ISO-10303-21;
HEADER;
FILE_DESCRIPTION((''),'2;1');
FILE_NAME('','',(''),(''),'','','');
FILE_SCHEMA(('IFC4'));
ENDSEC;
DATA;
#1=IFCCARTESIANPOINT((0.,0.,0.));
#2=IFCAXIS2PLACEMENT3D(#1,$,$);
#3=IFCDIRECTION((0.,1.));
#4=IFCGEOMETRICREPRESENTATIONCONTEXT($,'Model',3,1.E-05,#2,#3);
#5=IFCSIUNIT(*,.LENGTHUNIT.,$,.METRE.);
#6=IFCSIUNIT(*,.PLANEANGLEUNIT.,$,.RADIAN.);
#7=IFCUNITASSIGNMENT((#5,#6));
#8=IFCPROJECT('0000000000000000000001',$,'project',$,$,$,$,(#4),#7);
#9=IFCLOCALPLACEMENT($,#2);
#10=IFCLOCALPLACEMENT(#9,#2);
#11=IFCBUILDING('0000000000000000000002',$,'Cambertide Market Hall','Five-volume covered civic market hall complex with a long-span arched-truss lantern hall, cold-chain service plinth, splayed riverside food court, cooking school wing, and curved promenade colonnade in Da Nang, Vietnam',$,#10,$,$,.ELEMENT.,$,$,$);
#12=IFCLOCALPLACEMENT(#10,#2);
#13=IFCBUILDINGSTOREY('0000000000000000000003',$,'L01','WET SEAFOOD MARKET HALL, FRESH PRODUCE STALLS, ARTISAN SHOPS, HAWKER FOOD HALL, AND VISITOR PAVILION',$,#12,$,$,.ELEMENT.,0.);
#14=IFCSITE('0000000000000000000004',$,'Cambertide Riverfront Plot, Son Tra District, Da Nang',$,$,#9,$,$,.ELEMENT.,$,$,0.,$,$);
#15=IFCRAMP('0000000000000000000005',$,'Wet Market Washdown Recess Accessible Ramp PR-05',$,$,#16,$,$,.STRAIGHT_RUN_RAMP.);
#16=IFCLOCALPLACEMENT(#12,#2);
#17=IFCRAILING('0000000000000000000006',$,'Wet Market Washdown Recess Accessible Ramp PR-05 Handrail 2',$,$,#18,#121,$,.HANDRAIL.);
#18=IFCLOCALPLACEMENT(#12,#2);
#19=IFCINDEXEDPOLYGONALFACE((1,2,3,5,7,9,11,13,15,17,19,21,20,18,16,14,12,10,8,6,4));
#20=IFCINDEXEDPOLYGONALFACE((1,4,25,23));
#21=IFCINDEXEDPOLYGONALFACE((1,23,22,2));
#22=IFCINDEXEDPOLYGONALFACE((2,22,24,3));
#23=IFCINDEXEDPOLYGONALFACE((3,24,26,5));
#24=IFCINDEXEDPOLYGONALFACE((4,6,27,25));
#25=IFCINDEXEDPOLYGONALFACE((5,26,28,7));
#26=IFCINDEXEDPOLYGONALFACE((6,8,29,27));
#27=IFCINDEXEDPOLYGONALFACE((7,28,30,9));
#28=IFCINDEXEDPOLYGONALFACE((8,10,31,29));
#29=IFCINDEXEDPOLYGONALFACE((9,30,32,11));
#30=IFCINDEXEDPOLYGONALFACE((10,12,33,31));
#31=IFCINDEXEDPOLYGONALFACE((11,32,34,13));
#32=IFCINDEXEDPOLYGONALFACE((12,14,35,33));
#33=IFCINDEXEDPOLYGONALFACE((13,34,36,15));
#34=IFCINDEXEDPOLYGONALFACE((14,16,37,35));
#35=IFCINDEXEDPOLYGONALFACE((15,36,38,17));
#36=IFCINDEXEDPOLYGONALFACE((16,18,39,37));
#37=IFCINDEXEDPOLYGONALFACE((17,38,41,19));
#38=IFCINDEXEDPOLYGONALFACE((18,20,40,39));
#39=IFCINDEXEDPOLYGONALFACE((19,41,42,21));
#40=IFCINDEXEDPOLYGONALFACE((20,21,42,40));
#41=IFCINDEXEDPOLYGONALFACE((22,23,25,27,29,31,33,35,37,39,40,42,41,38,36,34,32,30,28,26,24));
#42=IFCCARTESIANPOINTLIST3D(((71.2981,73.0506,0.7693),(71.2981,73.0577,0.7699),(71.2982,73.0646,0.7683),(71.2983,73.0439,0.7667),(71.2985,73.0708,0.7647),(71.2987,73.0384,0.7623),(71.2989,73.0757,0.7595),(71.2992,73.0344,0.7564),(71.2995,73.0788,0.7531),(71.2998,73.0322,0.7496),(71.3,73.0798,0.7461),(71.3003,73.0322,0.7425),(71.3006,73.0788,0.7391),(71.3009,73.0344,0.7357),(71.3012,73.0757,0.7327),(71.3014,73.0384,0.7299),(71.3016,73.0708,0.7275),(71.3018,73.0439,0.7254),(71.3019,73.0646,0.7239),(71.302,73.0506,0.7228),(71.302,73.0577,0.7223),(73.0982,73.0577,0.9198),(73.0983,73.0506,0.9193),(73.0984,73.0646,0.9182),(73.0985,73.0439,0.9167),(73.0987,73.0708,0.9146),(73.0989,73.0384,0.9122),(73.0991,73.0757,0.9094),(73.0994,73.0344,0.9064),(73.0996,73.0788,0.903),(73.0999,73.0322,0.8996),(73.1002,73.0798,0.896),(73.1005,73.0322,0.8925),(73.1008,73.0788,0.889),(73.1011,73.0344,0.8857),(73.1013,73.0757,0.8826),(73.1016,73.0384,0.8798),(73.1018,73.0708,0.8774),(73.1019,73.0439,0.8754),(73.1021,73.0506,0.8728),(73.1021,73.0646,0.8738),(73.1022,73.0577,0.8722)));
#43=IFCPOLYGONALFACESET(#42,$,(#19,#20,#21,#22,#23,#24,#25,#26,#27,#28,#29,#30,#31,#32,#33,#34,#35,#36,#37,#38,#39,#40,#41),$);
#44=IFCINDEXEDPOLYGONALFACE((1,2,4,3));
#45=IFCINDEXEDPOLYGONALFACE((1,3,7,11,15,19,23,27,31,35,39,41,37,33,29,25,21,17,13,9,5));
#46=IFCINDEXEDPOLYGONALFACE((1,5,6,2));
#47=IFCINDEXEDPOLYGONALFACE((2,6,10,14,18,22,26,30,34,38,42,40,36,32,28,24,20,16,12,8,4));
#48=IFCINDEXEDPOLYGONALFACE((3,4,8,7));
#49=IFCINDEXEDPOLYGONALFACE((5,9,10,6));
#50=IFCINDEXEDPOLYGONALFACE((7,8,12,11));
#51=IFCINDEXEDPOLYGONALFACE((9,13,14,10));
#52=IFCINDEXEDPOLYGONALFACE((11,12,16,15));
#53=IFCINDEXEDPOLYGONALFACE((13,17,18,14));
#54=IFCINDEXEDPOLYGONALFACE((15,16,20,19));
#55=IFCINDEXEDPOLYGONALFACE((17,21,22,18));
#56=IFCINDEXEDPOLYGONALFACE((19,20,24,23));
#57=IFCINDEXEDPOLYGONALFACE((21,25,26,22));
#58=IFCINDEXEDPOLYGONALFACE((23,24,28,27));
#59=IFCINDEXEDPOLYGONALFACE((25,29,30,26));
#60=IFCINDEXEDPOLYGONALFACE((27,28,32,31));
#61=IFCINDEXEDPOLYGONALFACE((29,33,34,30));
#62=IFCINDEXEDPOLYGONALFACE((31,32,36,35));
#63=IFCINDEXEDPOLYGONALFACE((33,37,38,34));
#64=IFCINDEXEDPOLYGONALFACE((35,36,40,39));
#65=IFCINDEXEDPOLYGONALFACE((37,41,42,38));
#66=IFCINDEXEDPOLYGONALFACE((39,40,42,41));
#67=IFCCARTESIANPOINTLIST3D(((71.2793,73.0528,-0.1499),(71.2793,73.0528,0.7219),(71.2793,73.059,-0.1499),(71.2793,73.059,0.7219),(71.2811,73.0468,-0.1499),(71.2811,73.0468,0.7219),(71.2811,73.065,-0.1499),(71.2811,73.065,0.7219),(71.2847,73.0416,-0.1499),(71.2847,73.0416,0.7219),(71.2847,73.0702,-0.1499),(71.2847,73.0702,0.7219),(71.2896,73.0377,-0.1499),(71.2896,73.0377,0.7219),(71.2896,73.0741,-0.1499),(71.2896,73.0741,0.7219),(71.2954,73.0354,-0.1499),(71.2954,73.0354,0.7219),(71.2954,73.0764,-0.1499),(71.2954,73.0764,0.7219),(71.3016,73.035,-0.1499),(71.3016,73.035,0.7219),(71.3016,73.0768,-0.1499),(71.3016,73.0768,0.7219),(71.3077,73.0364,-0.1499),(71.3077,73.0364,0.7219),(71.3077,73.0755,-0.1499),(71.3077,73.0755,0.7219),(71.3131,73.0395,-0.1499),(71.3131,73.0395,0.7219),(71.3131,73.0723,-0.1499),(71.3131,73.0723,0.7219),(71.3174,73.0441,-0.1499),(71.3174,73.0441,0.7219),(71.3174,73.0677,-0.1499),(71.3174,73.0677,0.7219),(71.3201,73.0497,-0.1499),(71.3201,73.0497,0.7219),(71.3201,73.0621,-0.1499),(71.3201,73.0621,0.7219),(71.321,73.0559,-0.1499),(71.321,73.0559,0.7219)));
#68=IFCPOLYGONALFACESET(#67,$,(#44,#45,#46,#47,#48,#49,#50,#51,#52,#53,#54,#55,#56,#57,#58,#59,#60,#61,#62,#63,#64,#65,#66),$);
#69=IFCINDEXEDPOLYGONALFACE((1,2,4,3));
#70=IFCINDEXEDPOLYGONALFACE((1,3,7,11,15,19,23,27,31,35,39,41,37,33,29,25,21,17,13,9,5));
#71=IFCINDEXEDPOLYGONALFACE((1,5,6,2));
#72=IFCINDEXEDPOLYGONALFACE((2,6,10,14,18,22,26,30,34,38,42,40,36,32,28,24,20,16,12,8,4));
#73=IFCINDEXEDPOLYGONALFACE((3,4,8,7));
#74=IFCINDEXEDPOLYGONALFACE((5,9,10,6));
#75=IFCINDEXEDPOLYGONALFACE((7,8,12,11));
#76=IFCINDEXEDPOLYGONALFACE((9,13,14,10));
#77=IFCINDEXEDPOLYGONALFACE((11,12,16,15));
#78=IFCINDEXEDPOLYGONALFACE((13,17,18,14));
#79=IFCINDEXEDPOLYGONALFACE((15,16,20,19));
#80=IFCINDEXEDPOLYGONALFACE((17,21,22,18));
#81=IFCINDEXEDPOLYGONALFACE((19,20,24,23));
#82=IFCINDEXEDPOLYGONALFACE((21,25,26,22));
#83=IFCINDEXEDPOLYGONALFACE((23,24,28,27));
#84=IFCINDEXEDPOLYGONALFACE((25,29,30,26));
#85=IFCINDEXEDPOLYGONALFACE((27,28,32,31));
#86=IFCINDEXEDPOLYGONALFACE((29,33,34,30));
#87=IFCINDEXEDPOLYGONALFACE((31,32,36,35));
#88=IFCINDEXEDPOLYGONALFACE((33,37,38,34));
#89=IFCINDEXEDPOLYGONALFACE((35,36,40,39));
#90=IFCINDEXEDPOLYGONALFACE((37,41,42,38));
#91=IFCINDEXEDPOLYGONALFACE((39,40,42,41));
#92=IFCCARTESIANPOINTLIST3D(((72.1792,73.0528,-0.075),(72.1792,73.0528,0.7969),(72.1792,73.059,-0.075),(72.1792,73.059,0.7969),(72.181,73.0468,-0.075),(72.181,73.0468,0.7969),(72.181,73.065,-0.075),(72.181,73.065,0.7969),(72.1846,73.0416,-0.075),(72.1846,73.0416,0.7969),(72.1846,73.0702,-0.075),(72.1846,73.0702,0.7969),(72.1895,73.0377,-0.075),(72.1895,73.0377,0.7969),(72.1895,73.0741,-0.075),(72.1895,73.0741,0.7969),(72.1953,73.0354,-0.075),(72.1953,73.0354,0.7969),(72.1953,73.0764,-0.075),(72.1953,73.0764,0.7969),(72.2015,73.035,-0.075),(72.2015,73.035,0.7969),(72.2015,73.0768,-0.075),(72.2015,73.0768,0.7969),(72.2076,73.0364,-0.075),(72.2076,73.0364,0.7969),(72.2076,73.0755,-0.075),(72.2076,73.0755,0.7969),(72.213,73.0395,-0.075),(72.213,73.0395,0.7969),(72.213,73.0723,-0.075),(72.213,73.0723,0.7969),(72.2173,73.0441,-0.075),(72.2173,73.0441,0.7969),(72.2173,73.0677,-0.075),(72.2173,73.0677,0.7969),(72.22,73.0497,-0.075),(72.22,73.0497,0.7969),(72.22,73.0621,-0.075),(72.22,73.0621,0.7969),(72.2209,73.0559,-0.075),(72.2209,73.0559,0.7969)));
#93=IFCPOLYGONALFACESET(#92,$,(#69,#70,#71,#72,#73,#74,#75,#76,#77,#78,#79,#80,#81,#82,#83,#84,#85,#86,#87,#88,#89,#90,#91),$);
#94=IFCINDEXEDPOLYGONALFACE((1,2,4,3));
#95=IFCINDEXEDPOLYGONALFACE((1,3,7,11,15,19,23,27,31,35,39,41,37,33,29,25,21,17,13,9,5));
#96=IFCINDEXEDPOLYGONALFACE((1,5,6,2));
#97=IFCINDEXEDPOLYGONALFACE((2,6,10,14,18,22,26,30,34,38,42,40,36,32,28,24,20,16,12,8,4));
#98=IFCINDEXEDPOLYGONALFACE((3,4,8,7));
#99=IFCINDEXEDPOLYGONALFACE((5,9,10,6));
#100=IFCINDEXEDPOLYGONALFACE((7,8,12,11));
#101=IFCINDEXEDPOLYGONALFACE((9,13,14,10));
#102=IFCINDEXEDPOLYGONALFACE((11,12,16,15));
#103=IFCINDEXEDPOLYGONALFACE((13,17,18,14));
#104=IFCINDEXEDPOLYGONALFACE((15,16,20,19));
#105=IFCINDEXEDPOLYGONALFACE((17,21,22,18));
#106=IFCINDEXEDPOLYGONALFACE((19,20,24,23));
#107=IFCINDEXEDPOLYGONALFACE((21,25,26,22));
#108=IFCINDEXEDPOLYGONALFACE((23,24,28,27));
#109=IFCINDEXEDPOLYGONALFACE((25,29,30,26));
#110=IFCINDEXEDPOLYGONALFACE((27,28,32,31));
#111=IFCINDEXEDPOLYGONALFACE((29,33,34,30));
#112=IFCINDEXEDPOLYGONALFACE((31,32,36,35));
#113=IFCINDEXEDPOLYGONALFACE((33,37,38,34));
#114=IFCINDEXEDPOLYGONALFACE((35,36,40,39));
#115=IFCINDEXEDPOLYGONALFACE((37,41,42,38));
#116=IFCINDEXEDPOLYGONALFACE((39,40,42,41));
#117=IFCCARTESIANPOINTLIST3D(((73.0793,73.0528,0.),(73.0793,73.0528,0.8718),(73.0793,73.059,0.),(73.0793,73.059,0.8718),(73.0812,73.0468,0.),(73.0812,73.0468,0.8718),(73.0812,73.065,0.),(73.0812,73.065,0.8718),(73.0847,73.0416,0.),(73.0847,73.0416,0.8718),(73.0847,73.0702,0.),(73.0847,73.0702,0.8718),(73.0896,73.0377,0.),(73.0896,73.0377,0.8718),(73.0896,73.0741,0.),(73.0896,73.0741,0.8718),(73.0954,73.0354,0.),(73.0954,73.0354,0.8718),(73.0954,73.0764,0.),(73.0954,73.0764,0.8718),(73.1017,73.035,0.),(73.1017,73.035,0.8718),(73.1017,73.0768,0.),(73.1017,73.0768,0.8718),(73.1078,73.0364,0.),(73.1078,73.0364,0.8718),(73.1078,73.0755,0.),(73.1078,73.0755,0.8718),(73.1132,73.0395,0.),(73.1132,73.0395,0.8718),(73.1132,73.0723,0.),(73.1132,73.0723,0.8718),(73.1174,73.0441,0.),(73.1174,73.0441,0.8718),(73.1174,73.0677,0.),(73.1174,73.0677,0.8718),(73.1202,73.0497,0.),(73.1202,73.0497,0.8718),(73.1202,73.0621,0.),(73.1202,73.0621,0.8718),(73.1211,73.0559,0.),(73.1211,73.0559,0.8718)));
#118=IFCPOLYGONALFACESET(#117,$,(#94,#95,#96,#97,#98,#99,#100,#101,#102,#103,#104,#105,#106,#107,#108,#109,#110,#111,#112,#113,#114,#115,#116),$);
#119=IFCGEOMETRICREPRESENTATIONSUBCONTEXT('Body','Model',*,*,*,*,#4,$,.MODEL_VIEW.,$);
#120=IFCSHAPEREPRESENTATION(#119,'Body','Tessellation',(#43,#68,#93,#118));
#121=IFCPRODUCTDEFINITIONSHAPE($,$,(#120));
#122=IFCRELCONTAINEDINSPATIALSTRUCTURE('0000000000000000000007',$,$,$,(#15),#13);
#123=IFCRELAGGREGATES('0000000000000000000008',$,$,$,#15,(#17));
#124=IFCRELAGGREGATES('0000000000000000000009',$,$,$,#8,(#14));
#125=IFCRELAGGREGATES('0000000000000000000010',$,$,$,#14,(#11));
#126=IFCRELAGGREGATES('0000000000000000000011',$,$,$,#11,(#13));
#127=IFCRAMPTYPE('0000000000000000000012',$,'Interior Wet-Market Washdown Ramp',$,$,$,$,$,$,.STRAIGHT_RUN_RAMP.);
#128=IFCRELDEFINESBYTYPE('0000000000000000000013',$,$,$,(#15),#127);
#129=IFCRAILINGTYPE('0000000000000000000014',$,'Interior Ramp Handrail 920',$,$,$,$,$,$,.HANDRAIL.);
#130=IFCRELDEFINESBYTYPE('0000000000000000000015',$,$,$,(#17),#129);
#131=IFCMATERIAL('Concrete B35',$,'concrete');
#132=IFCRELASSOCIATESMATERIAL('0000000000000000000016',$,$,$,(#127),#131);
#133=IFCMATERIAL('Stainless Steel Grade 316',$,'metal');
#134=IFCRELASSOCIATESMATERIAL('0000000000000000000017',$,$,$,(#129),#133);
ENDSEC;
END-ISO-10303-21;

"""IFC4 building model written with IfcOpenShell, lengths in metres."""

from ifc_helpers import new_model, si_unit, direction, frame, origin, origin_2d, place, context, subcontext, project, spatial, circle, extrude, material, type_object, element, aggregate, save


model = new_model("IFC4")

# Units and contexts
model_context = context("Model", 3, precision=1e-05, world=origin(), true_north=direction((0.0, 1.0)))
body_context = subcontext(model_context, "Body", "Model", "MODEL_VIEW")
ifc_project = project(units=[si_unit("LENGTHUNIT", "METRE"), si_unit("PLANEANGLEUNIT", "RADIAN")], contexts=[model_context])

# Site, building, storey
site_placement = place(None, origin())
site = spatial("IfcSite", under=ifc_project, at=site_placement, Name="Cambertide Riverfront Plot, Son Tra District, Da Nang", CompositionType="ELEMENT", RefElevation=0.0)
building_placement = place(site_placement, origin())
building = spatial("IfcBuilding", under=site, at=building_placement, Name="Cambertide Market Hall", Description="Five-volume covered civic market hall complex with a long-span arched-truss lantern hall, cold-chain service plinth, splayed riverside food court, cooking school wing, and curved promenade colonnade in Da Nang, Vietnam", CompositionType="ELEMENT")
storey_placement = place(building_placement, origin())
storey = spatial("IfcBuildingStorey", under=building, at=storey_placement, Name="L01", Description="WET SEAFOOD MARKET HALL, FRESH PRODUCE STALLS, ARTISAN SHOPS, HAWKER FOOD HALL, AND VISITOR PAVILION", CompositionType="ELEMENT", Elevation=0.0)

# Ramp, railing
ifc_material_1 = material(Name="Concrete B35", Category="concrete")
ramp_type = type_object("IfcRampType", Name="Interior Wet-Market Washdown Ramp", PredefinedType="STRAIGHT_RUN_RAMP", material=ifc_material_1)
ramp_placement = place(storey_placement, origin())
ramp = element("IfcRamp", 1, at=ramp_placement, inside=storey, type_object=ramp_type, Name="Wet Market Washdown Recess Accessible Ramp PR-05", PredefinedType="STRAIGHT_RUN_RAMP")
ifc_material_2 = material(Name="Stainless Steel Grade 316", Category="metal")
railing_type_1 = type_object("IfcRailingType", Name="Interior Ramp Handrail 920", PredefinedType="HANDRAIL", material=ifc_material_2)
railing_1_placement = place(storey_placement, frame((71.3, 73.0559, -0.1499)))
railing_1 = element("IfcRailing", 2, at=railing_1_placement, type_object=railing_type_1, Name="Wet Market Washdown Recess Accessible Ramp PR-05 Handrail 2", PredefinedType="HANDRAIL", context=body_context, shape_type="SweptSolid", body=[
    extrude(circle(Radius=0.0239, at=origin_2d()), frame((0.0, 0.0, 0.896), z_axis=(0.99655, 0.0, 0.08299), x_axis=(0.0, 1.0, 0.0)), (0.0, 0.0, 1.0), 1.8064),
    extrude(circle(Radius=0.021, at=origin_2d()), origin(), (0.0, 0.0, 1.0), 0.8718),
    extrude(circle(Radius=0.021, at=origin_2d()), frame((0.8999, 0.0, 0.075)), (0.0, 0.0, 1.0), 0.8718),
    extrude(circle(Radius=0.021, at=origin_2d()), frame((1.8, 0.0, 0.1499)), (0.0, 0.0, 1.0), 0.8718),
])
aggregate(ramp, [railing_1])

save(model, "model.ifc")
